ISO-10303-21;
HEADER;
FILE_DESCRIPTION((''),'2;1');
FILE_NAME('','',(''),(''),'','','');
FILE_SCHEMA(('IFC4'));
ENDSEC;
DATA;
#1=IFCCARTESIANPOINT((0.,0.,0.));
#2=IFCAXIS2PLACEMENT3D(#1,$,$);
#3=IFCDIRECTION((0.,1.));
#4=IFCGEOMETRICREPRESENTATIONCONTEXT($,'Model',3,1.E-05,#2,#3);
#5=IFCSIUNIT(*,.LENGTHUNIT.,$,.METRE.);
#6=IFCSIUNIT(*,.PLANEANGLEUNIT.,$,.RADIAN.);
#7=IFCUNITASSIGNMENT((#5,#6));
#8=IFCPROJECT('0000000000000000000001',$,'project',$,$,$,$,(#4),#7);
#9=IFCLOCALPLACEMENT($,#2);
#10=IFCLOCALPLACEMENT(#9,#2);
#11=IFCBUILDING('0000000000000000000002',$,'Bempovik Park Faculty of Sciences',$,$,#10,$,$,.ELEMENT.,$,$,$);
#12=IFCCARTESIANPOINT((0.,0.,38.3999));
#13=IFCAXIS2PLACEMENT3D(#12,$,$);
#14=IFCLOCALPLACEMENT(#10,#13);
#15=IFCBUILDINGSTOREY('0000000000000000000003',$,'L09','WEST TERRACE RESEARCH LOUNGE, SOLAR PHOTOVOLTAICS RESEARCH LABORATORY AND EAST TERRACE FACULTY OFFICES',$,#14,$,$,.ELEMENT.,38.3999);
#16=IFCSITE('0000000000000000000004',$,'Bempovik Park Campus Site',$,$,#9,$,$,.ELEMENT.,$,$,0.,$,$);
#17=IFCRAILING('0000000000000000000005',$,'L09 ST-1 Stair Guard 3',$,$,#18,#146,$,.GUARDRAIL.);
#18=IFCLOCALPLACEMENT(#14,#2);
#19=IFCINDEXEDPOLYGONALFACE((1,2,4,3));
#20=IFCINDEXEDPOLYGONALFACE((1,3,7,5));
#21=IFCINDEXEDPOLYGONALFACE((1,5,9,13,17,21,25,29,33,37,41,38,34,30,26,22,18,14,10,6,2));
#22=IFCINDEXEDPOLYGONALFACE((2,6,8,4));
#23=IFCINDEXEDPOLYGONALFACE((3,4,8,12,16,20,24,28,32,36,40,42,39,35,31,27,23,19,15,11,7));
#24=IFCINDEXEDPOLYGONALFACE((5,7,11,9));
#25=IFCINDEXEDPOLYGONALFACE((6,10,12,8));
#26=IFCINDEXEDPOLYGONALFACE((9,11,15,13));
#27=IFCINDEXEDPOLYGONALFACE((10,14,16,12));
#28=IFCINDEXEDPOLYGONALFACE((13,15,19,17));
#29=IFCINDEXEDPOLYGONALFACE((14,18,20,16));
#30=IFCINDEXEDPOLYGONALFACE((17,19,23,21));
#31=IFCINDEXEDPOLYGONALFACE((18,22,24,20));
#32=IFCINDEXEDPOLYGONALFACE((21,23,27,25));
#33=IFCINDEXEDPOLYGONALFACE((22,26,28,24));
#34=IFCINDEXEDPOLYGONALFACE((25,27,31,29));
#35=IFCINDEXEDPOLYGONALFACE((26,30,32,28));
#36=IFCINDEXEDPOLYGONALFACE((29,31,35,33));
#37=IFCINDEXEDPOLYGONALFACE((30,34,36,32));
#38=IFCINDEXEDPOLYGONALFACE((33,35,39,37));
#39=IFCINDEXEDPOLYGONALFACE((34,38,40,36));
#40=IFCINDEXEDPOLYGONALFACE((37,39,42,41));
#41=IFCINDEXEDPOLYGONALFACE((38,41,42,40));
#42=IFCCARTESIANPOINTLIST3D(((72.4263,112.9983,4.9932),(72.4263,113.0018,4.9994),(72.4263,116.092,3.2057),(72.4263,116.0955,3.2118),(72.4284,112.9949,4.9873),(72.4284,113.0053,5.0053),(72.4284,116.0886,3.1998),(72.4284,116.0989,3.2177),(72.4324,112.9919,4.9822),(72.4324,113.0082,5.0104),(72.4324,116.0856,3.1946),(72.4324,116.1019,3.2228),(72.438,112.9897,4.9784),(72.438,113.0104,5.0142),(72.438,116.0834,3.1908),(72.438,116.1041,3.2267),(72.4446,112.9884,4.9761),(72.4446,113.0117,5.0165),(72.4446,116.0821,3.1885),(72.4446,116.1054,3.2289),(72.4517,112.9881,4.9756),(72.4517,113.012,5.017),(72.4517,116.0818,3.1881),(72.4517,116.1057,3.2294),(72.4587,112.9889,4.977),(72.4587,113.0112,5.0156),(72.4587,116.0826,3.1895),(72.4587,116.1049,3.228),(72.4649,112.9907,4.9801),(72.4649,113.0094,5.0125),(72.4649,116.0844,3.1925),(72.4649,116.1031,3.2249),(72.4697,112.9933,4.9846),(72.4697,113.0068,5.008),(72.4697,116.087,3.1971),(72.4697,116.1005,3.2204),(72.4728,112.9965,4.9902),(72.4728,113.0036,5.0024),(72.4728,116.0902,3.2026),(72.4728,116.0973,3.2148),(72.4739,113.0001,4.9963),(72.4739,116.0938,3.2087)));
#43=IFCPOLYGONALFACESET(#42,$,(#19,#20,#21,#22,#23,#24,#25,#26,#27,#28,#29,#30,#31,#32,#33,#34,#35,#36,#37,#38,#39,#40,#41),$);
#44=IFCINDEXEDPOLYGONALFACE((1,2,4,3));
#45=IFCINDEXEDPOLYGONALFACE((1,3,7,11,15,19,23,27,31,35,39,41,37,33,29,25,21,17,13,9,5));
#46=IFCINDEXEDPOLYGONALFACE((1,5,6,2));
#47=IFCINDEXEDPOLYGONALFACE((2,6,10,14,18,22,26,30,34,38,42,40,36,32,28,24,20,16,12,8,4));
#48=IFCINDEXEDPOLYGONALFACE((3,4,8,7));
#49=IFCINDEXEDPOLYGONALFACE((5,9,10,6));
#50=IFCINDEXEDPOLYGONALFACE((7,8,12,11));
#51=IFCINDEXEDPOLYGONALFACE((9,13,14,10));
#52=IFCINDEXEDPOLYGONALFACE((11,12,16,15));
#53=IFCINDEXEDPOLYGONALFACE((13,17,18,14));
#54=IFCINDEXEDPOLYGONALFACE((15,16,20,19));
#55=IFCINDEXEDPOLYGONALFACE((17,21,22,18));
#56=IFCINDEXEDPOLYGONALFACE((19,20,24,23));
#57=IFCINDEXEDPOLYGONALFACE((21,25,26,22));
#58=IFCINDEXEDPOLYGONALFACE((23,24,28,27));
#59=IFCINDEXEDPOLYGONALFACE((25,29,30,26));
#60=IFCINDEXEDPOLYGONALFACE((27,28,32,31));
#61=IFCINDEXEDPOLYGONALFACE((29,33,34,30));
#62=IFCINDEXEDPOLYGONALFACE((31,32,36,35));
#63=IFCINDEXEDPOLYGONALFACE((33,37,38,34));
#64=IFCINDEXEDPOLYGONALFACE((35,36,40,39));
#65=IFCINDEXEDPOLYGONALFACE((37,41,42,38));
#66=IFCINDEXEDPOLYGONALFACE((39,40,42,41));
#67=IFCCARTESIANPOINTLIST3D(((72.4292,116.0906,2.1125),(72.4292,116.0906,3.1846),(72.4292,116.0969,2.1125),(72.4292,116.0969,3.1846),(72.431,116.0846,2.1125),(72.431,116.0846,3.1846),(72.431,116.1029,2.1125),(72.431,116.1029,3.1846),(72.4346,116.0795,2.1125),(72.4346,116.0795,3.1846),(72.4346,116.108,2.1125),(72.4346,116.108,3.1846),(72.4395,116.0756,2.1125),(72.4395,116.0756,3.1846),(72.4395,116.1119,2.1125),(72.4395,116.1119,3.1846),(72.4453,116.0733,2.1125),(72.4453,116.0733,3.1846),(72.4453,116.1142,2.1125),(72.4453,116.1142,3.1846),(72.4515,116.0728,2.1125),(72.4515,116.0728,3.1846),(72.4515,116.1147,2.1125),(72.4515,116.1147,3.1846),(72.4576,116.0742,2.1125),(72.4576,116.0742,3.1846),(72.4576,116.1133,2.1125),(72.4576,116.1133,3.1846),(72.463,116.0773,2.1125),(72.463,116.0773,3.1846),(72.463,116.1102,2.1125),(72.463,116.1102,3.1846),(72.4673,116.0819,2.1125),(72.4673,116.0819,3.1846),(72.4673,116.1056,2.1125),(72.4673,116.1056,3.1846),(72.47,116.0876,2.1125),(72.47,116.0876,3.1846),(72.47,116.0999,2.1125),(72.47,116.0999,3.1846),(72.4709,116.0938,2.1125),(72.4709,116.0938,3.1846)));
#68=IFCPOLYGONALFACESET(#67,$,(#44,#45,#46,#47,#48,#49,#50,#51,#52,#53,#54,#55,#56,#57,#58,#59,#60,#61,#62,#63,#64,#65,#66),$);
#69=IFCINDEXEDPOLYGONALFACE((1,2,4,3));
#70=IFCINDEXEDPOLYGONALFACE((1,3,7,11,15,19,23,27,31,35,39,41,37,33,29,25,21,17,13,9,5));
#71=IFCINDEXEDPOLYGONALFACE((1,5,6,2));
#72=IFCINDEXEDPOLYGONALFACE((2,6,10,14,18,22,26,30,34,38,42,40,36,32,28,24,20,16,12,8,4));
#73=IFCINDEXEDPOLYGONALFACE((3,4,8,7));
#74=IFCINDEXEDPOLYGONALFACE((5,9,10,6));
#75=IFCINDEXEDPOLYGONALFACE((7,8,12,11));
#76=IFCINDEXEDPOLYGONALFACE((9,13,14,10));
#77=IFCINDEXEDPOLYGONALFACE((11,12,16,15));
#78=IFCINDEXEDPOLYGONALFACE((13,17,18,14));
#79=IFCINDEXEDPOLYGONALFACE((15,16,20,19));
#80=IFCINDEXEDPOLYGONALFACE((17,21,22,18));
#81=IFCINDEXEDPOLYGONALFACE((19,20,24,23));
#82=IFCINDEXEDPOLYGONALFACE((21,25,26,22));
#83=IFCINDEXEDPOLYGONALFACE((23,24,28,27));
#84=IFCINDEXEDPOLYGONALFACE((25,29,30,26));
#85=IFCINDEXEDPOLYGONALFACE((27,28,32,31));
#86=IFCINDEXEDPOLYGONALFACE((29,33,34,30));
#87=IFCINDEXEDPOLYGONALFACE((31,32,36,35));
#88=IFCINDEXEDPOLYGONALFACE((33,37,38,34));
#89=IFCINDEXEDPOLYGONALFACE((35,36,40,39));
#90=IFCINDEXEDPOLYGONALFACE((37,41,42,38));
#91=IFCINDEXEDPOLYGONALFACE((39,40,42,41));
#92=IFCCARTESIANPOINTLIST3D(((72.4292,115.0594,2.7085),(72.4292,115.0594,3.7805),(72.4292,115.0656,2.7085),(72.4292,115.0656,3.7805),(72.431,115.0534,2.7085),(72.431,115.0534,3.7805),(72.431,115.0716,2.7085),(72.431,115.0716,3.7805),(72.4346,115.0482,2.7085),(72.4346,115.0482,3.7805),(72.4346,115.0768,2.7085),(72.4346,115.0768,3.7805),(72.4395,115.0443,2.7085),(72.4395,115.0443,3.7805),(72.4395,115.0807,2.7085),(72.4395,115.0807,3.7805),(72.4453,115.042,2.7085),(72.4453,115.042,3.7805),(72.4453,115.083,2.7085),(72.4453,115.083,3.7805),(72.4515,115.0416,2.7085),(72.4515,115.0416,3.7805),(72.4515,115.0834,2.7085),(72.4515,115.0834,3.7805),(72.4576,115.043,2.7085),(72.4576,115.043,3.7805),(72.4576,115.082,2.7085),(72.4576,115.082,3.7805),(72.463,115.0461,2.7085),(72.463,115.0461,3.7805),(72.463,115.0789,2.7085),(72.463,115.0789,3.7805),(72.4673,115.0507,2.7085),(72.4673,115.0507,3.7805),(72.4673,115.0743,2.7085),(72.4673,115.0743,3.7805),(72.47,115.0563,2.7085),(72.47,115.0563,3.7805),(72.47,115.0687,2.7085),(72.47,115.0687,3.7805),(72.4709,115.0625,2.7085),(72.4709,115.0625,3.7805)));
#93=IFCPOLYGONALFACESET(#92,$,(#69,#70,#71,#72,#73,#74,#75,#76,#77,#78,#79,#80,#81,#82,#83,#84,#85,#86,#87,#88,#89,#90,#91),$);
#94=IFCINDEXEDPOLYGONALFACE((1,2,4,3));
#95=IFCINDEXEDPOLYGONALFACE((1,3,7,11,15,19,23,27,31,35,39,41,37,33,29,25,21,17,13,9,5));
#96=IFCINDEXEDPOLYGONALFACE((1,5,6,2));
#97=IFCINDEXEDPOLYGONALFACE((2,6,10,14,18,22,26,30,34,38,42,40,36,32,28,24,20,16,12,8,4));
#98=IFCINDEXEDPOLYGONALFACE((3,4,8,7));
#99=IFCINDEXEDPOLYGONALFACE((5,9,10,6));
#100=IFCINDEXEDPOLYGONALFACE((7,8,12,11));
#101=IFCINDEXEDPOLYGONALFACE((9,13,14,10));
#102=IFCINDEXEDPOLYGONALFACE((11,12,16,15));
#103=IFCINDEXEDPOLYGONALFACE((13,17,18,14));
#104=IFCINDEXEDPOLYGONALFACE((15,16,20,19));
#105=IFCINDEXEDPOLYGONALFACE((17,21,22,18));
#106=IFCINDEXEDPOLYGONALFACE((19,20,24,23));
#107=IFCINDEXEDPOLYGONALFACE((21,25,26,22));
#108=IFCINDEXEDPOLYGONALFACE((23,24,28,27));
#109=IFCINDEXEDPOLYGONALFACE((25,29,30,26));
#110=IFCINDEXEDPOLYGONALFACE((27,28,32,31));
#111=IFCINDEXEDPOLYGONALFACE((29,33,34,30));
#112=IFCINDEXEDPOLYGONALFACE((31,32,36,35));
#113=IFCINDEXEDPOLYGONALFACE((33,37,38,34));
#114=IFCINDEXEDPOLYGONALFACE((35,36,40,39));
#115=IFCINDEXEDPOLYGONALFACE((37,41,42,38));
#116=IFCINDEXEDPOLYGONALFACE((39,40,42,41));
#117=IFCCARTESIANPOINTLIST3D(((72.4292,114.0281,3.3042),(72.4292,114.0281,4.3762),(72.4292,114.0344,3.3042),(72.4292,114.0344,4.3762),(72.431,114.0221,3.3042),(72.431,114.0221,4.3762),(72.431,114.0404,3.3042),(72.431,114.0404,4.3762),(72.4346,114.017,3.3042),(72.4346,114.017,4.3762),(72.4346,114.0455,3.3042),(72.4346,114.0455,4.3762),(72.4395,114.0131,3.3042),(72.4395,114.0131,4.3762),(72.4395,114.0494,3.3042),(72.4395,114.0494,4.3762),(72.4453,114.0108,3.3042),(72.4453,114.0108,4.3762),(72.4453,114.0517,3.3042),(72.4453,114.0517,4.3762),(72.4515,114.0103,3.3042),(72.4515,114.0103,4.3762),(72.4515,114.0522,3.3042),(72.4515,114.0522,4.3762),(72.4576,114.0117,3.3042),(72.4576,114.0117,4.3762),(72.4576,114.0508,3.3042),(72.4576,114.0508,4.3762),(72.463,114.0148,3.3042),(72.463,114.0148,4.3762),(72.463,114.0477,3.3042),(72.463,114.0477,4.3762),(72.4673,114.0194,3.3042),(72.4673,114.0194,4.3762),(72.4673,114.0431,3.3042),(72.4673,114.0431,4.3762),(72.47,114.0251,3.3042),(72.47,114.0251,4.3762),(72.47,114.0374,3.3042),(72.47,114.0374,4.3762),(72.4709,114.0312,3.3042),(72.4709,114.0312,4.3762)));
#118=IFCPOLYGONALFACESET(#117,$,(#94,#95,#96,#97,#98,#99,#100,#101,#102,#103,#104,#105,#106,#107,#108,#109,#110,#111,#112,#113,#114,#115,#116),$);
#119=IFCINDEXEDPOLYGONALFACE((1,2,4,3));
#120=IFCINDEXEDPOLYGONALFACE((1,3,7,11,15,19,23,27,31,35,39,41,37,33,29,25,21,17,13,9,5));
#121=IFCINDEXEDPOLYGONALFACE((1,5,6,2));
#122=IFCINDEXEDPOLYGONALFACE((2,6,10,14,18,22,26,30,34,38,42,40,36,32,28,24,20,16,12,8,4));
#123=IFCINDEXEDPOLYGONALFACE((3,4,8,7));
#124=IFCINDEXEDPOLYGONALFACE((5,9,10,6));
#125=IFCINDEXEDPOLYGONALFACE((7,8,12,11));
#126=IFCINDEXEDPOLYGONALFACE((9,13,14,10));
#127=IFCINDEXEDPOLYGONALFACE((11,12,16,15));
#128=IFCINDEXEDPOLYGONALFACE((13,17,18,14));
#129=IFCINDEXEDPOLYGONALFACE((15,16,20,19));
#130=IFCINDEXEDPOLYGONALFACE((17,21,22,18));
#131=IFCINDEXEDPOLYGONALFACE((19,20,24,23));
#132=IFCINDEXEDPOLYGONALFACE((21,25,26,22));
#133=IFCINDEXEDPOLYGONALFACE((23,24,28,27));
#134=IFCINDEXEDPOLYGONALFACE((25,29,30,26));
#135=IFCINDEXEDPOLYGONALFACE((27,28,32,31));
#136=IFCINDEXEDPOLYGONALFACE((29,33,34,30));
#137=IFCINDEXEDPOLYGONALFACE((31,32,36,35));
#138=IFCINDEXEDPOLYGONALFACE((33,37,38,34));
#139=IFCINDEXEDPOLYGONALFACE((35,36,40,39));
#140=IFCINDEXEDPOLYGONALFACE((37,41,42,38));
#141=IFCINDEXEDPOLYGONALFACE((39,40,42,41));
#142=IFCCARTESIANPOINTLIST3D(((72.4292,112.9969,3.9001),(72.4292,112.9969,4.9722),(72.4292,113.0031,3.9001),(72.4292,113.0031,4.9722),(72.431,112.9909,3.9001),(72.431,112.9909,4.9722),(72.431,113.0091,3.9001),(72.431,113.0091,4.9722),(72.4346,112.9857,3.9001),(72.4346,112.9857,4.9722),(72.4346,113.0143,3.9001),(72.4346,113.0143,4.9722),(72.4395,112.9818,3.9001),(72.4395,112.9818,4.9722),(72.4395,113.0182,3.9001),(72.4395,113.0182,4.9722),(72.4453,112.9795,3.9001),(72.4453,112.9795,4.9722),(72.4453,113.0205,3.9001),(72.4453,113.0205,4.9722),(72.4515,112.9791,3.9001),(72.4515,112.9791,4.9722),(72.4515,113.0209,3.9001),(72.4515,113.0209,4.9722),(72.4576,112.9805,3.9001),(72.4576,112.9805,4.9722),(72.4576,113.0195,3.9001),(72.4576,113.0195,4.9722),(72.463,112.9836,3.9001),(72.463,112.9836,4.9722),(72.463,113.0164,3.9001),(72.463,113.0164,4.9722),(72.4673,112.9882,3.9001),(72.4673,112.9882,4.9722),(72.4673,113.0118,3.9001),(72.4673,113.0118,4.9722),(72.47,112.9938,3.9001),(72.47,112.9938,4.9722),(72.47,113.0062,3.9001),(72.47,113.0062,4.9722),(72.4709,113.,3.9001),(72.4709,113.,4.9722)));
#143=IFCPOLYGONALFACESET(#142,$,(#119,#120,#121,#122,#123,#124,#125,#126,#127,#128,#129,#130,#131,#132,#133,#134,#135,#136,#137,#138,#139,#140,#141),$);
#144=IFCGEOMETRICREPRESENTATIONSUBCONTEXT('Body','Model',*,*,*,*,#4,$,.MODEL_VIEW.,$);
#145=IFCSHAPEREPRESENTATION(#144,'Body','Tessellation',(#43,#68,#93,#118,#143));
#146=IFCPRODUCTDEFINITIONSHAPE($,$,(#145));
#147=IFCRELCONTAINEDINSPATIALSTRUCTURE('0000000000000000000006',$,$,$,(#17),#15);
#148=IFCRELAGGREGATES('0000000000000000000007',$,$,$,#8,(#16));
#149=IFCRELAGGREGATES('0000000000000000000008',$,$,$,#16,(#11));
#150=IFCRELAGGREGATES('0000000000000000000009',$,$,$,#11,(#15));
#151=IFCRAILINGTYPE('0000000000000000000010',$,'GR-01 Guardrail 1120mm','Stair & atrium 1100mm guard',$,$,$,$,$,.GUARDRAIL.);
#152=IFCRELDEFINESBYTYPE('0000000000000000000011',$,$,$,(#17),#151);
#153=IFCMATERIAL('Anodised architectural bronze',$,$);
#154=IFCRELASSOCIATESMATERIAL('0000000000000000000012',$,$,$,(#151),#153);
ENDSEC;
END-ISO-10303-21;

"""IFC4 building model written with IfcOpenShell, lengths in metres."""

from ifc_helpers import new_model, si_unit, direction, frame, origin, origin_2d, place, context, subcontext, project, spatial, circle, extrude, material, type_object, element, save


model = new_model("IFC4")

# Units and contexts
model_context = context("Model", 3, precision=1e-05, world=origin(), true_north=direction((0.0, 1.0)))
body_context = subcontext(model_context, "Body", "Model", "MODEL_VIEW")
ifc_project = project(units=[si_unit("LENGTHUNIT", "METRE"), si_unit("PLANEANGLEUNIT", "RADIAN")], contexts=[model_context])

# Site, building, storey
site_placement = place(None, origin())
site = spatial("IfcSite", under=ifc_project, at=site_placement, Name="Bempovik Park Campus Site", CompositionType="ELEMENT", RefElevation=0.0)
building_placement = place(site_placement, origin())
building = spatial("IfcBuilding", under=site, at=building_placement, Name="Bempovik Park Faculty of Sciences", CompositionType="ELEMENT")
storey_placement = place(building_placement, frame((0.0, 0.0, 38.3999)))
storey = spatial("IfcBuildingStorey", under=building, at=storey_placement, Name="L09", Description="WEST TERRACE RESEARCH LOUNGE, SOLAR PHOTOVOLTAICS RESEARCH LABORATORY AND EAST TERRACE FACULTY OFFICES", CompositionType="ELEMENT", Elevation=38.3999)

# Railing
ifc_material_1 = material(Name="Anodised architectural bronze")
railing_type_1 = type_object("IfcRailingType", Name="GR-01 Guardrail 1120mm", Description="Stair & atrium 1100mm guard", PredefinedType="GUARDRAIL", material=ifc_material_1)
railing_1_placement = place(storey_placement, frame((72.45, 116.0938, 2.1125)))
element("IfcRailing", 1, at=railing_1_placement, inside=storey, type_object=railing_type_1, Name="L09 ST-1 Stair Guard 3", PredefinedType="GUARDRAIL", context=body_context, shape_type="SweptSolid", body=[
    extrude(circle(Radius=0.0239, at=origin_2d()), frame((0.0, 0.0, 1.0962), z_axis=(0.0, -0.865853, 0.500298), x_axis=(1.0, 0.0, 0.0)), (0.0, 0.0, 1.0), 3.573),
    extrude(circle(Radius=0.021, at=origin_2d()), origin(), (0.0, 0.0, 1.0), 1.072),
    extrude(circle(Radius=0.021, at=origin_2d()), frame((0.0, -1.0312, 0.5959)), (0.0, 0.0, 1.0), 1.072),
    extrude(circle(Radius=0.021, at=origin_2d()), frame((0.0, -2.0625, 1.1917)), (0.0, 0.0, 1.0), 1.072),
    extrude(circle(Radius=0.021, at=origin_2d()), frame((0.0, -3.0938, 1.7876)), (0.0, 0.0, 1.0), 1.072),
])

save(model, "model.ifc")
